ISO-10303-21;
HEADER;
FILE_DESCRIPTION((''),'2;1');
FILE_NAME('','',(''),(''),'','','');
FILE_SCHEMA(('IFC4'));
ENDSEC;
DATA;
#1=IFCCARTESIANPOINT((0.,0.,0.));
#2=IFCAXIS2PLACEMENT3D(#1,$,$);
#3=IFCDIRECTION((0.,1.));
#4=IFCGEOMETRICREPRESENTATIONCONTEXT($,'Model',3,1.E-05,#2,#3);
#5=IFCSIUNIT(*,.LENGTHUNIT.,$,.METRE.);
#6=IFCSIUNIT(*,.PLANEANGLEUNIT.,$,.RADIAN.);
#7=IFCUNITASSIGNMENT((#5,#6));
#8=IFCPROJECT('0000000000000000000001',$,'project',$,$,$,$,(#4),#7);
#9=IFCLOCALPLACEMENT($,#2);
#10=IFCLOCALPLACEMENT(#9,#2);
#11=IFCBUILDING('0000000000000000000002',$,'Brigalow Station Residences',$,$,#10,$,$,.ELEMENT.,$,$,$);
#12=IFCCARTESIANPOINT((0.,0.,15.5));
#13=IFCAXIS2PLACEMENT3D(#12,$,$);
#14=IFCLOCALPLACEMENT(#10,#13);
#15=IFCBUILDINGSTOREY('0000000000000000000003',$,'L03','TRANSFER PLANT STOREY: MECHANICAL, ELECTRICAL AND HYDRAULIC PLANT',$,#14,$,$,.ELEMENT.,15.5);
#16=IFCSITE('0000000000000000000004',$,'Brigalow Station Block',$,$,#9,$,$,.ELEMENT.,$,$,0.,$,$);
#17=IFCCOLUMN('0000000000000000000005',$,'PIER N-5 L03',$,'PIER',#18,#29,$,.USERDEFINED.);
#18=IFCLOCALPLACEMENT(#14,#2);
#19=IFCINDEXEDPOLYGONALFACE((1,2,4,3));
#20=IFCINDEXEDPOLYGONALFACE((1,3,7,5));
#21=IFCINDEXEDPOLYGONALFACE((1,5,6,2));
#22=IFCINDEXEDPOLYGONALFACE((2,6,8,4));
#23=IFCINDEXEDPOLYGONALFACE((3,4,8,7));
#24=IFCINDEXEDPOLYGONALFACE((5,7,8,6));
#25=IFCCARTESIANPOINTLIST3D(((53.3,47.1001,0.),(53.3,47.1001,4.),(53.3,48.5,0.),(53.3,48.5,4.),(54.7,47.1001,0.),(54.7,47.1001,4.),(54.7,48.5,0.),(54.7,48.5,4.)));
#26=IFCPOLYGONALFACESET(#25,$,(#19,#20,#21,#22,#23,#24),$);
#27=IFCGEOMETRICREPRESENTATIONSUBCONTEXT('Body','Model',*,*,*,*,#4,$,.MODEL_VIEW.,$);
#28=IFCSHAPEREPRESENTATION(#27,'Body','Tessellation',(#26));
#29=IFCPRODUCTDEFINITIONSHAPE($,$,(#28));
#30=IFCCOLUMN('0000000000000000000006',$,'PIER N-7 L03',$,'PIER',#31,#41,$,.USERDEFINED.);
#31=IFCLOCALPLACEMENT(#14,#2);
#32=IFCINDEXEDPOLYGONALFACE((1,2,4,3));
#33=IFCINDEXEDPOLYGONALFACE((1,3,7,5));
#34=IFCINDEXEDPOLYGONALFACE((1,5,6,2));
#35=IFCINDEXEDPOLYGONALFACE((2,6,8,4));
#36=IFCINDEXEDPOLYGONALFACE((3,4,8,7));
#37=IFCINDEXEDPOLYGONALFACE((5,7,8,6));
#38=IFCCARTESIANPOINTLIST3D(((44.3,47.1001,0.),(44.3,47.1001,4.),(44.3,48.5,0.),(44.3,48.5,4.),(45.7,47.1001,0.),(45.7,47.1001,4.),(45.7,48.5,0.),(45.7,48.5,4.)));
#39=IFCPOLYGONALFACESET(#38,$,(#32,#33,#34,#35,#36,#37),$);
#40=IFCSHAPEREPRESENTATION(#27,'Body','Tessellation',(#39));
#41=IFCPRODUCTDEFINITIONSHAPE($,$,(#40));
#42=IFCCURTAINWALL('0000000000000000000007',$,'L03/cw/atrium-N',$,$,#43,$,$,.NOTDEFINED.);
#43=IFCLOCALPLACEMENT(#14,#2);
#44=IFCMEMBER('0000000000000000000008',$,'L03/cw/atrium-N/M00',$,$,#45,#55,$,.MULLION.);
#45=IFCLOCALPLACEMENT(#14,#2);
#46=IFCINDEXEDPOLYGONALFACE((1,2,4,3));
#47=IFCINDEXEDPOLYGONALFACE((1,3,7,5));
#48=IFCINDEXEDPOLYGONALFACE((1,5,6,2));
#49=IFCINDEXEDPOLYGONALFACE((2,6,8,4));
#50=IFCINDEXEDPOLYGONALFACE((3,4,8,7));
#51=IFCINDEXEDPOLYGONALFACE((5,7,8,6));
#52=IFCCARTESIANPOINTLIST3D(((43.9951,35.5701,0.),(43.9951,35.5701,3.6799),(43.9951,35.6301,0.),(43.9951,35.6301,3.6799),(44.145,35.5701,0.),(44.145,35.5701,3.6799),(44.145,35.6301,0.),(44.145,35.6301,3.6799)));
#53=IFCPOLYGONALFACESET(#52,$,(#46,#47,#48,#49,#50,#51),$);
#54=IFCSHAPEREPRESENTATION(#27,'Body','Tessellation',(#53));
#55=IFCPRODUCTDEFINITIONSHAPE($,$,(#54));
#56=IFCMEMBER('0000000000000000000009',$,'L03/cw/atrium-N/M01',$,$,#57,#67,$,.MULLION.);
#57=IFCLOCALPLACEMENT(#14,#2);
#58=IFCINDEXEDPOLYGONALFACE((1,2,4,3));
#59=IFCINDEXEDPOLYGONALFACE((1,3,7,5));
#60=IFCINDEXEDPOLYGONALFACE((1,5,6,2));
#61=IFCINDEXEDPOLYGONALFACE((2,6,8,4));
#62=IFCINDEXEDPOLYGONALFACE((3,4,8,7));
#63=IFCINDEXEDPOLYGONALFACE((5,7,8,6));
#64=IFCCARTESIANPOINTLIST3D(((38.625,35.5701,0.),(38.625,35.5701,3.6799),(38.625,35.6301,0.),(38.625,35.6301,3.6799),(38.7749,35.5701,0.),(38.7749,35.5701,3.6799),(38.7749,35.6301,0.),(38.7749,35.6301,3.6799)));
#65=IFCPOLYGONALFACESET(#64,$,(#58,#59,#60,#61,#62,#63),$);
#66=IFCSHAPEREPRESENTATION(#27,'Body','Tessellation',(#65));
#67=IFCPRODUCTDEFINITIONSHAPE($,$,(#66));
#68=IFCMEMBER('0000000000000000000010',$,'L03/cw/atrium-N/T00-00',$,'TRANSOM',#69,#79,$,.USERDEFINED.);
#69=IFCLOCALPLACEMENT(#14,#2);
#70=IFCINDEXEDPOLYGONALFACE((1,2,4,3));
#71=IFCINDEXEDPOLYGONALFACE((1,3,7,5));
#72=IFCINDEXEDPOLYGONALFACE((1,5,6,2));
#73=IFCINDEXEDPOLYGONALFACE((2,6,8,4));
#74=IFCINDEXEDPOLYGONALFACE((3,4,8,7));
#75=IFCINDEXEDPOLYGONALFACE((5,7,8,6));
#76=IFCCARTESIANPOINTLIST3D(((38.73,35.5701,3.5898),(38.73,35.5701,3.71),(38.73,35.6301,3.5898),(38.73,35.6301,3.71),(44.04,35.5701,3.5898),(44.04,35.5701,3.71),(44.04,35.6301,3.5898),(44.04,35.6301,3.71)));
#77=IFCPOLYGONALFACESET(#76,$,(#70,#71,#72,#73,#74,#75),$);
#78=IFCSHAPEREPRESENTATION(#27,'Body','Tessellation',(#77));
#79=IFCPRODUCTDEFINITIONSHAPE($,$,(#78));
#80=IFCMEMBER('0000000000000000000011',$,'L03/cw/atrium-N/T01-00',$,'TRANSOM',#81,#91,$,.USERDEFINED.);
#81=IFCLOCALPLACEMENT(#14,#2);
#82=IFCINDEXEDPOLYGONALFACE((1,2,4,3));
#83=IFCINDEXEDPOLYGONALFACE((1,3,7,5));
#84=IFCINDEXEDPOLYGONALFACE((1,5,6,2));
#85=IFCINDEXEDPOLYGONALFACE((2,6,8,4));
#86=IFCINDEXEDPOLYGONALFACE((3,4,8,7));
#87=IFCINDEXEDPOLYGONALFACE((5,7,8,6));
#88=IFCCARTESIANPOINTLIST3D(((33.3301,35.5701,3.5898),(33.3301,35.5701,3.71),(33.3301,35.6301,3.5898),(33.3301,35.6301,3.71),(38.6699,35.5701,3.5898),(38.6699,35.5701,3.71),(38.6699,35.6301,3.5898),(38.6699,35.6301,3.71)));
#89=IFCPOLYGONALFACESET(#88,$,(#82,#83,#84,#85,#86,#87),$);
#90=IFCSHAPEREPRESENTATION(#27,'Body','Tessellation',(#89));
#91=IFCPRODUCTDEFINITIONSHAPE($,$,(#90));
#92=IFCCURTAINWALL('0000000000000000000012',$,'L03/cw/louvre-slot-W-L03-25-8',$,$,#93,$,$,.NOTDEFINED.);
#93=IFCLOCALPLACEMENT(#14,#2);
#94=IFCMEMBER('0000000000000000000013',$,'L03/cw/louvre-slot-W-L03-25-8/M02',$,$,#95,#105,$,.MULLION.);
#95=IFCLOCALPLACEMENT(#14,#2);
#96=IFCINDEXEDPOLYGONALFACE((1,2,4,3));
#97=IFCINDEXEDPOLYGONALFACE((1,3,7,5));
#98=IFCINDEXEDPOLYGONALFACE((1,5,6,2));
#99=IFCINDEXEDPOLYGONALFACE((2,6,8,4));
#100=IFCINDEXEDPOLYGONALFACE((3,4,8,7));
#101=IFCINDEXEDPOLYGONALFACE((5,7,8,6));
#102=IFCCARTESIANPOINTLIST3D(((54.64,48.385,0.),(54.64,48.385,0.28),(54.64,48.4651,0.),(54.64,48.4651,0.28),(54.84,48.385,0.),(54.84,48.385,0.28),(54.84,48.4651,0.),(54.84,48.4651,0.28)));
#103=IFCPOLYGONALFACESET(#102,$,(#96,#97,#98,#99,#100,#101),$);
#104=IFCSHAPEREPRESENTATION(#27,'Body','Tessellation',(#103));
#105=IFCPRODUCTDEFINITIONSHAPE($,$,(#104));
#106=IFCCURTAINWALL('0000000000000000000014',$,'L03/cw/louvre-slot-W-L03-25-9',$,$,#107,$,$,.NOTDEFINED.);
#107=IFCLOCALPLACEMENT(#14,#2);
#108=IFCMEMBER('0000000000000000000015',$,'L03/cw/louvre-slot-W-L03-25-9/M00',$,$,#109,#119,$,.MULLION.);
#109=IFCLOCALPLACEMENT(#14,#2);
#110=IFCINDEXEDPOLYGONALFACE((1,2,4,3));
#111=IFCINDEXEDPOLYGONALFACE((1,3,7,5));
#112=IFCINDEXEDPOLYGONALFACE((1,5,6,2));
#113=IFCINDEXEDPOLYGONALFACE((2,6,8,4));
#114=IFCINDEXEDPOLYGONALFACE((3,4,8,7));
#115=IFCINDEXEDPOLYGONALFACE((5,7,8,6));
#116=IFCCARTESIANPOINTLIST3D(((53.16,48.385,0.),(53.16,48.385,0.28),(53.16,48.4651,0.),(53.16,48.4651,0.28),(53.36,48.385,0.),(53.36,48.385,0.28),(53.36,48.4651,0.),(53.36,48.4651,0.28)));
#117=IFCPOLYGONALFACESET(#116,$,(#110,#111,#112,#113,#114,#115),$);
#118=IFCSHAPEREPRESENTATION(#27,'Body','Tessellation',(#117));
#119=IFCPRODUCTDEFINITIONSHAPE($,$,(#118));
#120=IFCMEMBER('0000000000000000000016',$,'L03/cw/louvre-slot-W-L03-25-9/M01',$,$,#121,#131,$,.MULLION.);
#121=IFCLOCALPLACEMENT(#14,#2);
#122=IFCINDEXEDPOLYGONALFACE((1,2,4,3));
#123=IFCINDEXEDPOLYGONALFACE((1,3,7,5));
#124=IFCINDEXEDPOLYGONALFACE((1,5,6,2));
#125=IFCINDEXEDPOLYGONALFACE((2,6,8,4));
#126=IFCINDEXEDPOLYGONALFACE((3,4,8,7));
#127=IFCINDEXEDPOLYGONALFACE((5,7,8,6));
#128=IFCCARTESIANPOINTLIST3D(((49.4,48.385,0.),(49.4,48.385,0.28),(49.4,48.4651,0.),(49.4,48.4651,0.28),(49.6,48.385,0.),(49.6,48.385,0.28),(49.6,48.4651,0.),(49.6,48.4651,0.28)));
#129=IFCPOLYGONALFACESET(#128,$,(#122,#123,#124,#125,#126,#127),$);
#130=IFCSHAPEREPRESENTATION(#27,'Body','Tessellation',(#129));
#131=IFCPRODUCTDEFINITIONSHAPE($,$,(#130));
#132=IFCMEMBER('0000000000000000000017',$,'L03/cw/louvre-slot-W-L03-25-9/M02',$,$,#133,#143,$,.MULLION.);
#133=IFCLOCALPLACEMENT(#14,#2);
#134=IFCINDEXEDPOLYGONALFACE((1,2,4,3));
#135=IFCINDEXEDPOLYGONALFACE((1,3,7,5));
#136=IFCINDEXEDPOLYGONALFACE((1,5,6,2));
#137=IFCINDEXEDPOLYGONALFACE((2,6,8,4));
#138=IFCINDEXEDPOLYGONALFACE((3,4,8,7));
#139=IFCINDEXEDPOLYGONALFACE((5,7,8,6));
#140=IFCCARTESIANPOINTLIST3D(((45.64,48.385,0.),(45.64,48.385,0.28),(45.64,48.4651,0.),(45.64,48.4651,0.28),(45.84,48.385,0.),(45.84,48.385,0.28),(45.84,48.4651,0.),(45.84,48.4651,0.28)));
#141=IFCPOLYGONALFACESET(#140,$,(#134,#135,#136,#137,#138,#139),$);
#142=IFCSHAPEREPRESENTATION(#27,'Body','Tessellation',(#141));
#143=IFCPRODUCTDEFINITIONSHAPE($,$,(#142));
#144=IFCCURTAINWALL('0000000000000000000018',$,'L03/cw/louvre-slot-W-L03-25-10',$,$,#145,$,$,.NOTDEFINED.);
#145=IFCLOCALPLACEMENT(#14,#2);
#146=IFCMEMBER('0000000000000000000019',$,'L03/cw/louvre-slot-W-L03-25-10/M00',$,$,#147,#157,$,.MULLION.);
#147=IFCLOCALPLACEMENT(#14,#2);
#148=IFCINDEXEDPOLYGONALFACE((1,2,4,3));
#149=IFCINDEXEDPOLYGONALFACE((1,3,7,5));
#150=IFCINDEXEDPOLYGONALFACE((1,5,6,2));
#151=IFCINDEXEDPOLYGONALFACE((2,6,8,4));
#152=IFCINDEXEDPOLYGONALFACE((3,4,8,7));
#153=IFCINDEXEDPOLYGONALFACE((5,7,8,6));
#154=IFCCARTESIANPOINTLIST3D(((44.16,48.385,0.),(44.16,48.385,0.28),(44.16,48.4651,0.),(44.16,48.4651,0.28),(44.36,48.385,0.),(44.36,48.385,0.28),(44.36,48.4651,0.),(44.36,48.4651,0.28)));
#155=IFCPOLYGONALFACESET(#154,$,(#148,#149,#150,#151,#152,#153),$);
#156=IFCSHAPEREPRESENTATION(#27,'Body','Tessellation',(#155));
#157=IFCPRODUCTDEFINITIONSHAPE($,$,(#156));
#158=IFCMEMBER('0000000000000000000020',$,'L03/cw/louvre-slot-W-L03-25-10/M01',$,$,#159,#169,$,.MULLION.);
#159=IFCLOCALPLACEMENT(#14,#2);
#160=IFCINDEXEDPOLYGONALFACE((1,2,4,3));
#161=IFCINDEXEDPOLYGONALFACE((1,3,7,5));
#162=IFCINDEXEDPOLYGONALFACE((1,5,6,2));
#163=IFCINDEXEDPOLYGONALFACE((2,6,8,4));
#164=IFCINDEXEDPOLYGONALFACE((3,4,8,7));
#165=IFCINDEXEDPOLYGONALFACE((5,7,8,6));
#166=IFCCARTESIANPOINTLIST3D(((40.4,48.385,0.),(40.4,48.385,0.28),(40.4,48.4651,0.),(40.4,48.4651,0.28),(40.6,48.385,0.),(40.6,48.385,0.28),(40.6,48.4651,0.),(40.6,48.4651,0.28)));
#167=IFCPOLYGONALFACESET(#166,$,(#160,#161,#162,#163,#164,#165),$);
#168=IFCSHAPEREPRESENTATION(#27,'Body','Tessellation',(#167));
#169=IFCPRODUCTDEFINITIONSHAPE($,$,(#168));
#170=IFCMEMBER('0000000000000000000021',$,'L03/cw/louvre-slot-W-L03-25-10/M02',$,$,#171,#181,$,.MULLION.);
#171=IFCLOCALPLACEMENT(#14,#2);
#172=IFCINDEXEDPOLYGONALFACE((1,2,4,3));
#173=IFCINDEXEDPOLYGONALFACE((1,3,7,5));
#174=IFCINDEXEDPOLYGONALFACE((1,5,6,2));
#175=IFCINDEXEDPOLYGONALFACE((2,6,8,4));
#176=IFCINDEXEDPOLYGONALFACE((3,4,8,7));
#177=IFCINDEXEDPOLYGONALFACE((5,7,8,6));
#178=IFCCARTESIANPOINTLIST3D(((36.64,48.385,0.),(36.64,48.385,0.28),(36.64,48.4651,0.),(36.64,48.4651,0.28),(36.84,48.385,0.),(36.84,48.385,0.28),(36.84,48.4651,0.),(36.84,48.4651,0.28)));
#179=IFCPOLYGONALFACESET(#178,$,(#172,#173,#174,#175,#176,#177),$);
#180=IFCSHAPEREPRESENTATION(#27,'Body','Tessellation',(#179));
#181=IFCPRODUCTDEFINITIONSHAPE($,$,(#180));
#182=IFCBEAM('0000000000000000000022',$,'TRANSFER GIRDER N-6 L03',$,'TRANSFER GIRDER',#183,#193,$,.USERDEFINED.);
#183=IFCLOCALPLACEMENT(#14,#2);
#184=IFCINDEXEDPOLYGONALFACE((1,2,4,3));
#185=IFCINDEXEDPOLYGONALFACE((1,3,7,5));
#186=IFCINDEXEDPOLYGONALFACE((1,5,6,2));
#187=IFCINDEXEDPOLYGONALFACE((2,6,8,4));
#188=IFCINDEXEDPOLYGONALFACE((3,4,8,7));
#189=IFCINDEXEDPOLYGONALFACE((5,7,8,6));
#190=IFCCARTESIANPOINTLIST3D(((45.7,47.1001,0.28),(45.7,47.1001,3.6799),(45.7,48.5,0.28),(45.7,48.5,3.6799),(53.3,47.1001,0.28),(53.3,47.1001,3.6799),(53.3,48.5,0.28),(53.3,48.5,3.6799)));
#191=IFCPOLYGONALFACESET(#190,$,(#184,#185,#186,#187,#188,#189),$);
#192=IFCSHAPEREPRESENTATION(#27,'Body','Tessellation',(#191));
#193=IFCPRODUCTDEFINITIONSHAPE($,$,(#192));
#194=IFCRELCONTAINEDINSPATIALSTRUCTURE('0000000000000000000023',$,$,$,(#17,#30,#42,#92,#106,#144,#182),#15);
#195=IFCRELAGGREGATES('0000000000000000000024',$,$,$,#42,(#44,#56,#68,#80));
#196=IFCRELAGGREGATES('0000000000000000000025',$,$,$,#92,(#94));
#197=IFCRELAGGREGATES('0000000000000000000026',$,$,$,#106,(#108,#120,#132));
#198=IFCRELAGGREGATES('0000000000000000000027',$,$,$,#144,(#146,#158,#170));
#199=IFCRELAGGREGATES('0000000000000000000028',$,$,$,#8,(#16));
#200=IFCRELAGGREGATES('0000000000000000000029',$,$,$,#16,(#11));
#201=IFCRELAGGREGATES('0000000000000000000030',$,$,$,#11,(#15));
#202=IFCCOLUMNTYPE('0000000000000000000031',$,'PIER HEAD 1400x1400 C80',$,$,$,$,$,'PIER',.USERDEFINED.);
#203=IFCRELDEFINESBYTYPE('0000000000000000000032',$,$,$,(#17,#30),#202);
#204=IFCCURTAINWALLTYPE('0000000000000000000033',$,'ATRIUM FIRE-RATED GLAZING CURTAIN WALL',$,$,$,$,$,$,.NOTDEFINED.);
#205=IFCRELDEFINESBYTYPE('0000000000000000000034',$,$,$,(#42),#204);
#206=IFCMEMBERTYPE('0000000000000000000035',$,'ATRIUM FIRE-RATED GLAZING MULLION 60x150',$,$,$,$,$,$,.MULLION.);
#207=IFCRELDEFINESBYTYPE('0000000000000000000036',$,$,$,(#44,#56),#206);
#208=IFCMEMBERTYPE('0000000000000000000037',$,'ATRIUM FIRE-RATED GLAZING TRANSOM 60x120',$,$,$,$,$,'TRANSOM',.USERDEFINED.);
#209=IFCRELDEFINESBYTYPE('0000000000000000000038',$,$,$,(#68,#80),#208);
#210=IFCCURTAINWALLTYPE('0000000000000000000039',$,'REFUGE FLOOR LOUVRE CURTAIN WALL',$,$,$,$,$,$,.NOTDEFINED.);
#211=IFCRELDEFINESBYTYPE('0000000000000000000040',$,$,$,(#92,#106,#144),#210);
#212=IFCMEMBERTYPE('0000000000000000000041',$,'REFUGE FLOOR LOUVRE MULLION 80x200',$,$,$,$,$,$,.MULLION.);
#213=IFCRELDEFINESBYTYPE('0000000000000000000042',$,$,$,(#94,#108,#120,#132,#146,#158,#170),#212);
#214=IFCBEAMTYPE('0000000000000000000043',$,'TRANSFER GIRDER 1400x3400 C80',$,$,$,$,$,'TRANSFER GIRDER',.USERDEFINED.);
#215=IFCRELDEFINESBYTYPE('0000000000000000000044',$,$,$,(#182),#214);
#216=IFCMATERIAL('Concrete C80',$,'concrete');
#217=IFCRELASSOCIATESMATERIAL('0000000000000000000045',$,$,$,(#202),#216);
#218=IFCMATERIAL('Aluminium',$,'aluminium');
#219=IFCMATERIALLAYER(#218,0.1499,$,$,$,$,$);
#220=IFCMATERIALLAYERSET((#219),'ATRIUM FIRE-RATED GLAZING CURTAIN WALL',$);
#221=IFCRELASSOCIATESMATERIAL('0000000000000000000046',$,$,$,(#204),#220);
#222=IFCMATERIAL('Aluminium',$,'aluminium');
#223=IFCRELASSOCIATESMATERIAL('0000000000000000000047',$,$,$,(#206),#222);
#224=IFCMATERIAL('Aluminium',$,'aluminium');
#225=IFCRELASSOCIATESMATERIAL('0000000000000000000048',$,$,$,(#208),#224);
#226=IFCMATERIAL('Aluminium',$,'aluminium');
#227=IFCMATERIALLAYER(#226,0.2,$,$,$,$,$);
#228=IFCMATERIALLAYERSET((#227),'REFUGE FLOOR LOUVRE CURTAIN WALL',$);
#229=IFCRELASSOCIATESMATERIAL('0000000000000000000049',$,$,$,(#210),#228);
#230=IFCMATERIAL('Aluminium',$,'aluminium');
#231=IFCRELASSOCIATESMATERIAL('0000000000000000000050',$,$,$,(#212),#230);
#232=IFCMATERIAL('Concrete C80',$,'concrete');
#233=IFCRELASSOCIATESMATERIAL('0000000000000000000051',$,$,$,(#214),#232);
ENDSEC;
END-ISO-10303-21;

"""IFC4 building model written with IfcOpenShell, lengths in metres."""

from ifc_helpers import new_model, si_unit, direction, frame, origin, origin_2d, place, context, subcontext, project, spatial, rectangle, extrude, material, layer, layer_set, material_profile, profile_set, type_object, element, aggregate, save


model = new_model("IFC4")

# Units and contexts
model_context = context("Model", 3, precision=1e-05, world=origin(), true_north=direction((0.0, 1.0)))
body_context = subcontext(model_context, "Body", "Model", "MODEL_VIEW")
ifc_project = project(units=[si_unit("LENGTHUNIT", "METRE"), si_unit("PLANEANGLEUNIT", "RADIAN")], contexts=[model_context])

# Site, building, storey
site_placement = place(None, origin())
site = spatial("IfcSite", under=ifc_project, at=site_placement, Name="Brigalow Station Block", CompositionType="ELEMENT", RefElevation=0.0)
building_placement = place(site_placement, origin())
building = spatial("IfcBuilding", under=site, at=building_placement, Name="Brigalow Station Residences", CompositionType="ELEMENT")
storey_placement = place(building_placement, frame((0.0, 0.0, 15.5)))
storey = spatial("IfcBuildingStorey", under=building, at=storey_placement, Name="L03", Description="TRANSFER PLANT STOREY: MECHANICAL, ELECTRICAL AND HYDRAULIC PLANT", CompositionType="ELEMENT", Elevation=15.5)

# Columns
ifc_material_1 = material(Name="Concrete C80", Category="concrete")
ifc_material_profile_1 = material_profile(ifc_material_1, rectangle(XDim=1.3999, YDim=1.3999, at=origin_2d()), Name="RC1400x1400")
ifc_profile_set_1 = profile_set([ifc_material_profile_1], Name="Concrete C80")
column_type = type_object("IfcColumnType", Name="PIER HEAD 1400x1400 C80", ElementType="PIER", PredefinedType="USERDEFINED", material=ifc_profile_set_1)
for number, where, z_axis, x_axis, name in (
    (1, (54.0, 47.8, 0.0), (0.0, 0.0, 1.0), (-1.0, 0.0, 0.0), "PIER N-5 L03"),
    (2, (45.0, 47.8, 0.0), (0.0, 0.0, 1.0), (-1.0, 0.0, 0.0), "PIER N-7 L03"),
):
    element("IfcColumn", number, at=place(storey_placement, frame(where, z_axis=z_axis, x_axis=x_axis)), inside=storey, type_object=column_type, Name=name, ObjectType="PIER", PredefinedType="USERDEFINED", context=body_context, shape_type="SweptSolid", body=[
        extrude(rectangle(XDim=1.3999, YDim=1.3999, at=origin_2d()), origin(), (0.0, 0.0, 1.0), 4.0),
    ])

# Curtain wall, members
ifc_material_2 = material(Name="Aluminium", Category="aluminium")
ifc_layer_1 = layer(ifc_material_2, 0.1499)
ifc_layer_set_1 = layer_set([ifc_layer_1], Name="ATRIUM FIRE-RATED GLAZING CURTAIN WALL")
curtain_wall_type_1 = type_object("IfcCurtainWallType", Name="ATRIUM FIRE-RATED GLAZING CURTAIN WALL", PredefinedType="NOTDEFINED", material=ifc_layer_set_1)
curtain_wall_1_placement = place(storey_placement, origin())
curtain_wall_1 = element("IfcCurtainWall", 3, at=curtain_wall_1_placement, inside=storey, type_object=curtain_wall_type_1, Name="L03/cw/atrium-N", PredefinedType="NOTDEFINED")
ifc_material_3 = material(Name="Aluminium", Category="aluminium")
ifc_material_profile_2 = material_profile(ifc_material_3, rectangle(XDim=0.0601, YDim=0.1499, at=origin_2d()), Name="ATRIUM FIRE-RATED GLAZING MULLION 60x150")
ifc_profile_set_2 = profile_set([ifc_material_profile_2], Name="Aluminium")
member_type_1 = type_object("IfcMemberType", Name="ATRIUM FIRE-RATED GLAZING MULLION 60x150", PredefinedType="MULLION", material=ifc_profile_set_2)
member_1_placement = place(storey_placement, frame((44.0701, 35.6001, 0.0), z_axis=(0.0, 0.0, 1.0), x_axis=(0.0, -1.0, 0.0)))
member_1 = element("IfcMember", 4, at=member_1_placement, type_object=member_type_1, Name="L03/cw/atrium-N/M00", PredefinedType="MULLION", context=body_context, shape_type="SweptSolid", body=[
    extrude(rectangle(XDim=0.0601, YDim=0.1499, at=origin_2d()), origin(), (0.0, 0.0, 1.0), 3.6799),
])
member_2_placement = place(storey_placement, frame((38.7, 35.6001, 0.0), z_axis=(0.0, 0.0, 1.0), x_axis=(0.0, -1.0, 0.0)))
member_2 = element("IfcMember", 5, at=member_2_placement, type_object=member_type_1, Name="L03/cw/atrium-N/M01", PredefinedType="MULLION", context=body_context, shape_type="SweptSolid", body=[
    extrude(rectangle(XDim=0.0601, YDim=0.1499, at=origin_2d()), origin(), (0.0, 0.0, 1.0), 3.6799),
])
ifc_material_4 = material(Name="Aluminium", Category="aluminium")
ifc_material_profile_3 = material_profile(ifc_material_4, rectangle(XDim=0.0601, YDim=0.1201, at=origin_2d()), Name="ATRIUM FIRE-RATED GLAZING TRANSOM 60x120")
ifc_profile_set_3 = profile_set([ifc_material_profile_3], Name="Aluminium")
member_type_2 = type_object("IfcMemberType", Name="ATRIUM FIRE-RATED GLAZING TRANSOM 60x120", ElementType="TRANSOM", PredefinedType="USERDEFINED", material=ifc_profile_set_3)
member_3_placement = place(storey_placement, frame((44.04, 35.6001, 3.6499), z_axis=(-1.0, 0.0, 0.0), x_axis=(0.0, -1.0, 0.0)))
member_3 = element("IfcMember", 6, at=member_3_placement, type_object=member_type_2, Name="L03/cw/atrium-N/T00-00", ObjectType="TRANSOM", PredefinedType="USERDEFINED", context=body_context, shape_type="SweptSolid", body=[
    extrude(rectangle(XDim=0.0601, YDim=0.1201, at=origin_2d()), origin(), (0.0, 0.0, 1.0), 5.3101),
])
member_4_placement = place(storey_placement, frame((38.6699, 35.6001, 3.6499), z_axis=(-1.0, 0.0, 0.0), x_axis=(0.0, -1.0, 0.0)))
member_4 = element("IfcMember", 7, at=member_4_placement, type_object=member_type_2, Name="L03/cw/atrium-N/T01-00", ObjectType="TRANSOM", PredefinedType="USERDEFINED", context=body_context, shape_type="SweptSolid", body=[
    extrude(rectangle(XDim=0.0601, YDim=0.1201, at=origin_2d()), origin(), (0.0, 0.0, 1.0), 5.3398),
])

# Curtain wall, member
ifc_material_5 = material(Name="Aluminium", Category="aluminium")
ifc_layer_2 = layer(ifc_material_5, 0.2)
ifc_layer_set_2 = layer_set([ifc_layer_2], Name="REFUGE FLOOR LOUVRE CURTAIN WALL")
curtain_wall_type_2 = type_object("IfcCurtainWallType", Name="REFUGE FLOOR LOUVRE CURTAIN WALL", PredefinedType="NOTDEFINED", material=ifc_layer_set_2)
curtain_wall_2_placement = place(storey_placement, origin())
curtain_wall_2 = element("IfcCurtainWall", 8, at=curtain_wall_2_placement, inside=storey, type_object=curtain_wall_type_2, Name="L03/cw/louvre-slot-W-L03-25-8", PredefinedType="NOTDEFINED")
ifc_material_6 = material(Name="Aluminium", Category="aluminium")
ifc_material_profile_4 = material_profile(ifc_material_6, rectangle(XDim=0.0801, YDim=0.2, at=origin_2d()), Name="REFUGE FLOOR LOUVRE MULLION 80x200")
ifc_profile_set_4 = profile_set([ifc_material_profile_4], Name="Aluminium")
member_type_3 = type_object("IfcMemberType", Name="REFUGE FLOOR LOUVRE MULLION 80x200", PredefinedType="MULLION", material=ifc_profile_set_4)
member_5_placement = place(storey_placement, frame((54.74, 48.425, 0.0), z_axis=(0.0, 0.0, 1.0), x_axis=(0.0, -1.0, 0.0)))
member_5 = element("IfcMember", 9, at=member_5_placement, type_object=member_type_3, Name="L03/cw/louvre-slot-W-L03-25-8/M02", PredefinedType="MULLION", context=body_context, shape_type="SweptSolid", body=[
    extrude(rectangle(XDim=0.0801, YDim=0.2, at=origin_2d()), origin(), (0.0, 0.0, 1.0), 0.28),
])

# Curtain walls, members
curtain_wall_3_placement = place(storey_placement, origin())
curtain_wall_3 = element("IfcCurtainWall", 10, at=curtain_wall_3_placement, inside=storey, type_object=curtain_wall_type_2, Name="L03/cw/louvre-slot-W-L03-25-9", PredefinedType="NOTDEFINED")
member_6_placement = place(storey_placement, frame((53.26, 48.425, 0.0), z_axis=(0.0, 0.0, 1.0), x_axis=(0.0, -1.0, 0.0)))
member_6 = element("IfcMember", 11, at=member_6_placement, type_object=member_type_3, Name="L03/cw/louvre-slot-W-L03-25-9/M00", PredefinedType="MULLION", context=body_context, shape_type="SweptSolid", body=[
    extrude(rectangle(XDim=0.0801, YDim=0.2, at=origin_2d()), origin(), (0.0, 0.0, 1.0), 0.28),
])
member_7_placement = place(storey_placement, frame((49.5, 48.425, 0.0), z_axis=(0.0, 0.0, 1.0), x_axis=(0.0, -1.0, 0.0)))
member_7 = element("IfcMember", 12, at=member_7_placement, type_object=member_type_3, Name="L03/cw/louvre-slot-W-L03-25-9/M01", PredefinedType="MULLION", context=body_context, shape_type="SweptSolid", body=[
    extrude(rectangle(XDim=0.0801, YDim=0.2, at=origin_2d()), origin(), (0.0, 0.0, 1.0), 0.28),
])
member_8_placement = place(storey_placement, frame((45.74, 48.425, 0.0), z_axis=(0.0, 0.0, 1.0), x_axis=(0.0, -1.0, 0.0)))
member_8 = element("IfcMember", 13, at=member_8_placement, type_object=member_type_3, Name="L03/cw/louvre-slot-W-L03-25-9/M02", PredefinedType="MULLION", context=body_context, shape_type="SweptSolid", body=[
    extrude(rectangle(XDim=0.0801, YDim=0.2, at=origin_2d()), origin(), (0.0, 0.0, 1.0), 0.28),
])
curtain_wall_4_placement = place(storey_placement, origin())
curtain_wall_4 = element("IfcCurtainWall", 14, at=curtain_wall_4_placement, inside=storey, type_object=curtain_wall_type_2, Name="L03/cw/louvre-slot-W-L03-25-10", PredefinedType="NOTDEFINED")
member_9_placement = place(storey_placement, frame((44.26, 48.425, 0.0), z_axis=(0.0, 0.0, 1.0), x_axis=(0.0, -1.0, 0.0)))
member_9 = element("IfcMember", 15, at=member_9_placement, type_object=member_type_3, Name="L03/cw/louvre-slot-W-L03-25-10/M00", PredefinedType="MULLION", context=body_context, shape_type="SweptSolid", body=[
    extrude(rectangle(XDim=0.0801, YDim=0.2, at=origin_2d()), origin(), (0.0, 0.0, 1.0), 0.28),
])
member_10_placement = place(storey_placement, frame((40.5, 48.425, 0.0), z_axis=(0.0, 0.0, 1.0), x_axis=(0.0, -1.0, 0.0)))
member_10 = element("IfcMember", 16, at=member_10_placement, type_object=member_type_3, Name="L03/cw/louvre-slot-W-L03-25-10/M01", PredefinedType="MULLION", context=body_context, shape_type="SweptSolid", body=[
    extrude(rectangle(XDim=0.0801, YDim=0.2, at=origin_2d()), origin(), (0.0, 0.0, 1.0), 0.28),
])
member_11_placement = place(storey_placement, frame((36.74, 48.425, 0.0), z_axis=(0.0, 0.0, 1.0), x_axis=(0.0, -1.0, 0.0)))
member_11 = element("IfcMember", 17, at=member_11_placement, type_object=member_type_3, Name="L03/cw/louvre-slot-W-L03-25-10/M02", PredefinedType="MULLION", context=body_context, shape_type="SweptSolid", body=[
    extrude(rectangle(XDim=0.0801, YDim=0.2, at=origin_2d()), origin(), (0.0, 0.0, 1.0), 0.28),
])

# Beam
ifc_material_7 = material(Name="Concrete C80", Category="concrete")
ifc_material_profile_5 = material_profile(ifc_material_7, rectangle(XDim=1.3999, YDim=3.3999, at=origin_2d()), Name="RC1400x3400")
ifc_profile_set_5 = profile_set([ifc_material_profile_5], Name="Concrete C80")
beam_type = type_object("IfcBeamType", Name="TRANSFER GIRDER 1400x3400 C80", ElementType="TRANSFER GIRDER", PredefinedType="USERDEFINED", material=ifc_profile_set_5)
for number, where, z_axis, x_axis, name in (
    (18, (53.3, 47.8, 1.98), (-1.0, 0.0, 0.0), (0.0, -1.0, 0.0), "TRANSFER GIRDER N-6 L03"),
):
    element("IfcBeam", number, at=place(storey_placement, frame(where, z_axis=z_axis, x_axis=x_axis)), inside=storey, type_object=beam_type, Name=name, ObjectType="TRANSFER GIRDER", PredefinedType="USERDEFINED", context=body_context, shape_type="SweptSolid", body=[
        extrude(rectangle(XDim=1.3999, YDim=3.3999, at=origin_2d()), origin(), (0.0, 0.0, 1.0), 7.6001),
    ])

aggregate(curtain_wall_1, [member_1, member_2, member_3, member_4])
aggregate(curtain_wall_2, [member_5])
aggregate(curtain_wall_3, [member_6, member_7, member_8])
aggregate(curtain_wall_4, [member_9, member_10, member_11])

save(model, "model.ifc")
